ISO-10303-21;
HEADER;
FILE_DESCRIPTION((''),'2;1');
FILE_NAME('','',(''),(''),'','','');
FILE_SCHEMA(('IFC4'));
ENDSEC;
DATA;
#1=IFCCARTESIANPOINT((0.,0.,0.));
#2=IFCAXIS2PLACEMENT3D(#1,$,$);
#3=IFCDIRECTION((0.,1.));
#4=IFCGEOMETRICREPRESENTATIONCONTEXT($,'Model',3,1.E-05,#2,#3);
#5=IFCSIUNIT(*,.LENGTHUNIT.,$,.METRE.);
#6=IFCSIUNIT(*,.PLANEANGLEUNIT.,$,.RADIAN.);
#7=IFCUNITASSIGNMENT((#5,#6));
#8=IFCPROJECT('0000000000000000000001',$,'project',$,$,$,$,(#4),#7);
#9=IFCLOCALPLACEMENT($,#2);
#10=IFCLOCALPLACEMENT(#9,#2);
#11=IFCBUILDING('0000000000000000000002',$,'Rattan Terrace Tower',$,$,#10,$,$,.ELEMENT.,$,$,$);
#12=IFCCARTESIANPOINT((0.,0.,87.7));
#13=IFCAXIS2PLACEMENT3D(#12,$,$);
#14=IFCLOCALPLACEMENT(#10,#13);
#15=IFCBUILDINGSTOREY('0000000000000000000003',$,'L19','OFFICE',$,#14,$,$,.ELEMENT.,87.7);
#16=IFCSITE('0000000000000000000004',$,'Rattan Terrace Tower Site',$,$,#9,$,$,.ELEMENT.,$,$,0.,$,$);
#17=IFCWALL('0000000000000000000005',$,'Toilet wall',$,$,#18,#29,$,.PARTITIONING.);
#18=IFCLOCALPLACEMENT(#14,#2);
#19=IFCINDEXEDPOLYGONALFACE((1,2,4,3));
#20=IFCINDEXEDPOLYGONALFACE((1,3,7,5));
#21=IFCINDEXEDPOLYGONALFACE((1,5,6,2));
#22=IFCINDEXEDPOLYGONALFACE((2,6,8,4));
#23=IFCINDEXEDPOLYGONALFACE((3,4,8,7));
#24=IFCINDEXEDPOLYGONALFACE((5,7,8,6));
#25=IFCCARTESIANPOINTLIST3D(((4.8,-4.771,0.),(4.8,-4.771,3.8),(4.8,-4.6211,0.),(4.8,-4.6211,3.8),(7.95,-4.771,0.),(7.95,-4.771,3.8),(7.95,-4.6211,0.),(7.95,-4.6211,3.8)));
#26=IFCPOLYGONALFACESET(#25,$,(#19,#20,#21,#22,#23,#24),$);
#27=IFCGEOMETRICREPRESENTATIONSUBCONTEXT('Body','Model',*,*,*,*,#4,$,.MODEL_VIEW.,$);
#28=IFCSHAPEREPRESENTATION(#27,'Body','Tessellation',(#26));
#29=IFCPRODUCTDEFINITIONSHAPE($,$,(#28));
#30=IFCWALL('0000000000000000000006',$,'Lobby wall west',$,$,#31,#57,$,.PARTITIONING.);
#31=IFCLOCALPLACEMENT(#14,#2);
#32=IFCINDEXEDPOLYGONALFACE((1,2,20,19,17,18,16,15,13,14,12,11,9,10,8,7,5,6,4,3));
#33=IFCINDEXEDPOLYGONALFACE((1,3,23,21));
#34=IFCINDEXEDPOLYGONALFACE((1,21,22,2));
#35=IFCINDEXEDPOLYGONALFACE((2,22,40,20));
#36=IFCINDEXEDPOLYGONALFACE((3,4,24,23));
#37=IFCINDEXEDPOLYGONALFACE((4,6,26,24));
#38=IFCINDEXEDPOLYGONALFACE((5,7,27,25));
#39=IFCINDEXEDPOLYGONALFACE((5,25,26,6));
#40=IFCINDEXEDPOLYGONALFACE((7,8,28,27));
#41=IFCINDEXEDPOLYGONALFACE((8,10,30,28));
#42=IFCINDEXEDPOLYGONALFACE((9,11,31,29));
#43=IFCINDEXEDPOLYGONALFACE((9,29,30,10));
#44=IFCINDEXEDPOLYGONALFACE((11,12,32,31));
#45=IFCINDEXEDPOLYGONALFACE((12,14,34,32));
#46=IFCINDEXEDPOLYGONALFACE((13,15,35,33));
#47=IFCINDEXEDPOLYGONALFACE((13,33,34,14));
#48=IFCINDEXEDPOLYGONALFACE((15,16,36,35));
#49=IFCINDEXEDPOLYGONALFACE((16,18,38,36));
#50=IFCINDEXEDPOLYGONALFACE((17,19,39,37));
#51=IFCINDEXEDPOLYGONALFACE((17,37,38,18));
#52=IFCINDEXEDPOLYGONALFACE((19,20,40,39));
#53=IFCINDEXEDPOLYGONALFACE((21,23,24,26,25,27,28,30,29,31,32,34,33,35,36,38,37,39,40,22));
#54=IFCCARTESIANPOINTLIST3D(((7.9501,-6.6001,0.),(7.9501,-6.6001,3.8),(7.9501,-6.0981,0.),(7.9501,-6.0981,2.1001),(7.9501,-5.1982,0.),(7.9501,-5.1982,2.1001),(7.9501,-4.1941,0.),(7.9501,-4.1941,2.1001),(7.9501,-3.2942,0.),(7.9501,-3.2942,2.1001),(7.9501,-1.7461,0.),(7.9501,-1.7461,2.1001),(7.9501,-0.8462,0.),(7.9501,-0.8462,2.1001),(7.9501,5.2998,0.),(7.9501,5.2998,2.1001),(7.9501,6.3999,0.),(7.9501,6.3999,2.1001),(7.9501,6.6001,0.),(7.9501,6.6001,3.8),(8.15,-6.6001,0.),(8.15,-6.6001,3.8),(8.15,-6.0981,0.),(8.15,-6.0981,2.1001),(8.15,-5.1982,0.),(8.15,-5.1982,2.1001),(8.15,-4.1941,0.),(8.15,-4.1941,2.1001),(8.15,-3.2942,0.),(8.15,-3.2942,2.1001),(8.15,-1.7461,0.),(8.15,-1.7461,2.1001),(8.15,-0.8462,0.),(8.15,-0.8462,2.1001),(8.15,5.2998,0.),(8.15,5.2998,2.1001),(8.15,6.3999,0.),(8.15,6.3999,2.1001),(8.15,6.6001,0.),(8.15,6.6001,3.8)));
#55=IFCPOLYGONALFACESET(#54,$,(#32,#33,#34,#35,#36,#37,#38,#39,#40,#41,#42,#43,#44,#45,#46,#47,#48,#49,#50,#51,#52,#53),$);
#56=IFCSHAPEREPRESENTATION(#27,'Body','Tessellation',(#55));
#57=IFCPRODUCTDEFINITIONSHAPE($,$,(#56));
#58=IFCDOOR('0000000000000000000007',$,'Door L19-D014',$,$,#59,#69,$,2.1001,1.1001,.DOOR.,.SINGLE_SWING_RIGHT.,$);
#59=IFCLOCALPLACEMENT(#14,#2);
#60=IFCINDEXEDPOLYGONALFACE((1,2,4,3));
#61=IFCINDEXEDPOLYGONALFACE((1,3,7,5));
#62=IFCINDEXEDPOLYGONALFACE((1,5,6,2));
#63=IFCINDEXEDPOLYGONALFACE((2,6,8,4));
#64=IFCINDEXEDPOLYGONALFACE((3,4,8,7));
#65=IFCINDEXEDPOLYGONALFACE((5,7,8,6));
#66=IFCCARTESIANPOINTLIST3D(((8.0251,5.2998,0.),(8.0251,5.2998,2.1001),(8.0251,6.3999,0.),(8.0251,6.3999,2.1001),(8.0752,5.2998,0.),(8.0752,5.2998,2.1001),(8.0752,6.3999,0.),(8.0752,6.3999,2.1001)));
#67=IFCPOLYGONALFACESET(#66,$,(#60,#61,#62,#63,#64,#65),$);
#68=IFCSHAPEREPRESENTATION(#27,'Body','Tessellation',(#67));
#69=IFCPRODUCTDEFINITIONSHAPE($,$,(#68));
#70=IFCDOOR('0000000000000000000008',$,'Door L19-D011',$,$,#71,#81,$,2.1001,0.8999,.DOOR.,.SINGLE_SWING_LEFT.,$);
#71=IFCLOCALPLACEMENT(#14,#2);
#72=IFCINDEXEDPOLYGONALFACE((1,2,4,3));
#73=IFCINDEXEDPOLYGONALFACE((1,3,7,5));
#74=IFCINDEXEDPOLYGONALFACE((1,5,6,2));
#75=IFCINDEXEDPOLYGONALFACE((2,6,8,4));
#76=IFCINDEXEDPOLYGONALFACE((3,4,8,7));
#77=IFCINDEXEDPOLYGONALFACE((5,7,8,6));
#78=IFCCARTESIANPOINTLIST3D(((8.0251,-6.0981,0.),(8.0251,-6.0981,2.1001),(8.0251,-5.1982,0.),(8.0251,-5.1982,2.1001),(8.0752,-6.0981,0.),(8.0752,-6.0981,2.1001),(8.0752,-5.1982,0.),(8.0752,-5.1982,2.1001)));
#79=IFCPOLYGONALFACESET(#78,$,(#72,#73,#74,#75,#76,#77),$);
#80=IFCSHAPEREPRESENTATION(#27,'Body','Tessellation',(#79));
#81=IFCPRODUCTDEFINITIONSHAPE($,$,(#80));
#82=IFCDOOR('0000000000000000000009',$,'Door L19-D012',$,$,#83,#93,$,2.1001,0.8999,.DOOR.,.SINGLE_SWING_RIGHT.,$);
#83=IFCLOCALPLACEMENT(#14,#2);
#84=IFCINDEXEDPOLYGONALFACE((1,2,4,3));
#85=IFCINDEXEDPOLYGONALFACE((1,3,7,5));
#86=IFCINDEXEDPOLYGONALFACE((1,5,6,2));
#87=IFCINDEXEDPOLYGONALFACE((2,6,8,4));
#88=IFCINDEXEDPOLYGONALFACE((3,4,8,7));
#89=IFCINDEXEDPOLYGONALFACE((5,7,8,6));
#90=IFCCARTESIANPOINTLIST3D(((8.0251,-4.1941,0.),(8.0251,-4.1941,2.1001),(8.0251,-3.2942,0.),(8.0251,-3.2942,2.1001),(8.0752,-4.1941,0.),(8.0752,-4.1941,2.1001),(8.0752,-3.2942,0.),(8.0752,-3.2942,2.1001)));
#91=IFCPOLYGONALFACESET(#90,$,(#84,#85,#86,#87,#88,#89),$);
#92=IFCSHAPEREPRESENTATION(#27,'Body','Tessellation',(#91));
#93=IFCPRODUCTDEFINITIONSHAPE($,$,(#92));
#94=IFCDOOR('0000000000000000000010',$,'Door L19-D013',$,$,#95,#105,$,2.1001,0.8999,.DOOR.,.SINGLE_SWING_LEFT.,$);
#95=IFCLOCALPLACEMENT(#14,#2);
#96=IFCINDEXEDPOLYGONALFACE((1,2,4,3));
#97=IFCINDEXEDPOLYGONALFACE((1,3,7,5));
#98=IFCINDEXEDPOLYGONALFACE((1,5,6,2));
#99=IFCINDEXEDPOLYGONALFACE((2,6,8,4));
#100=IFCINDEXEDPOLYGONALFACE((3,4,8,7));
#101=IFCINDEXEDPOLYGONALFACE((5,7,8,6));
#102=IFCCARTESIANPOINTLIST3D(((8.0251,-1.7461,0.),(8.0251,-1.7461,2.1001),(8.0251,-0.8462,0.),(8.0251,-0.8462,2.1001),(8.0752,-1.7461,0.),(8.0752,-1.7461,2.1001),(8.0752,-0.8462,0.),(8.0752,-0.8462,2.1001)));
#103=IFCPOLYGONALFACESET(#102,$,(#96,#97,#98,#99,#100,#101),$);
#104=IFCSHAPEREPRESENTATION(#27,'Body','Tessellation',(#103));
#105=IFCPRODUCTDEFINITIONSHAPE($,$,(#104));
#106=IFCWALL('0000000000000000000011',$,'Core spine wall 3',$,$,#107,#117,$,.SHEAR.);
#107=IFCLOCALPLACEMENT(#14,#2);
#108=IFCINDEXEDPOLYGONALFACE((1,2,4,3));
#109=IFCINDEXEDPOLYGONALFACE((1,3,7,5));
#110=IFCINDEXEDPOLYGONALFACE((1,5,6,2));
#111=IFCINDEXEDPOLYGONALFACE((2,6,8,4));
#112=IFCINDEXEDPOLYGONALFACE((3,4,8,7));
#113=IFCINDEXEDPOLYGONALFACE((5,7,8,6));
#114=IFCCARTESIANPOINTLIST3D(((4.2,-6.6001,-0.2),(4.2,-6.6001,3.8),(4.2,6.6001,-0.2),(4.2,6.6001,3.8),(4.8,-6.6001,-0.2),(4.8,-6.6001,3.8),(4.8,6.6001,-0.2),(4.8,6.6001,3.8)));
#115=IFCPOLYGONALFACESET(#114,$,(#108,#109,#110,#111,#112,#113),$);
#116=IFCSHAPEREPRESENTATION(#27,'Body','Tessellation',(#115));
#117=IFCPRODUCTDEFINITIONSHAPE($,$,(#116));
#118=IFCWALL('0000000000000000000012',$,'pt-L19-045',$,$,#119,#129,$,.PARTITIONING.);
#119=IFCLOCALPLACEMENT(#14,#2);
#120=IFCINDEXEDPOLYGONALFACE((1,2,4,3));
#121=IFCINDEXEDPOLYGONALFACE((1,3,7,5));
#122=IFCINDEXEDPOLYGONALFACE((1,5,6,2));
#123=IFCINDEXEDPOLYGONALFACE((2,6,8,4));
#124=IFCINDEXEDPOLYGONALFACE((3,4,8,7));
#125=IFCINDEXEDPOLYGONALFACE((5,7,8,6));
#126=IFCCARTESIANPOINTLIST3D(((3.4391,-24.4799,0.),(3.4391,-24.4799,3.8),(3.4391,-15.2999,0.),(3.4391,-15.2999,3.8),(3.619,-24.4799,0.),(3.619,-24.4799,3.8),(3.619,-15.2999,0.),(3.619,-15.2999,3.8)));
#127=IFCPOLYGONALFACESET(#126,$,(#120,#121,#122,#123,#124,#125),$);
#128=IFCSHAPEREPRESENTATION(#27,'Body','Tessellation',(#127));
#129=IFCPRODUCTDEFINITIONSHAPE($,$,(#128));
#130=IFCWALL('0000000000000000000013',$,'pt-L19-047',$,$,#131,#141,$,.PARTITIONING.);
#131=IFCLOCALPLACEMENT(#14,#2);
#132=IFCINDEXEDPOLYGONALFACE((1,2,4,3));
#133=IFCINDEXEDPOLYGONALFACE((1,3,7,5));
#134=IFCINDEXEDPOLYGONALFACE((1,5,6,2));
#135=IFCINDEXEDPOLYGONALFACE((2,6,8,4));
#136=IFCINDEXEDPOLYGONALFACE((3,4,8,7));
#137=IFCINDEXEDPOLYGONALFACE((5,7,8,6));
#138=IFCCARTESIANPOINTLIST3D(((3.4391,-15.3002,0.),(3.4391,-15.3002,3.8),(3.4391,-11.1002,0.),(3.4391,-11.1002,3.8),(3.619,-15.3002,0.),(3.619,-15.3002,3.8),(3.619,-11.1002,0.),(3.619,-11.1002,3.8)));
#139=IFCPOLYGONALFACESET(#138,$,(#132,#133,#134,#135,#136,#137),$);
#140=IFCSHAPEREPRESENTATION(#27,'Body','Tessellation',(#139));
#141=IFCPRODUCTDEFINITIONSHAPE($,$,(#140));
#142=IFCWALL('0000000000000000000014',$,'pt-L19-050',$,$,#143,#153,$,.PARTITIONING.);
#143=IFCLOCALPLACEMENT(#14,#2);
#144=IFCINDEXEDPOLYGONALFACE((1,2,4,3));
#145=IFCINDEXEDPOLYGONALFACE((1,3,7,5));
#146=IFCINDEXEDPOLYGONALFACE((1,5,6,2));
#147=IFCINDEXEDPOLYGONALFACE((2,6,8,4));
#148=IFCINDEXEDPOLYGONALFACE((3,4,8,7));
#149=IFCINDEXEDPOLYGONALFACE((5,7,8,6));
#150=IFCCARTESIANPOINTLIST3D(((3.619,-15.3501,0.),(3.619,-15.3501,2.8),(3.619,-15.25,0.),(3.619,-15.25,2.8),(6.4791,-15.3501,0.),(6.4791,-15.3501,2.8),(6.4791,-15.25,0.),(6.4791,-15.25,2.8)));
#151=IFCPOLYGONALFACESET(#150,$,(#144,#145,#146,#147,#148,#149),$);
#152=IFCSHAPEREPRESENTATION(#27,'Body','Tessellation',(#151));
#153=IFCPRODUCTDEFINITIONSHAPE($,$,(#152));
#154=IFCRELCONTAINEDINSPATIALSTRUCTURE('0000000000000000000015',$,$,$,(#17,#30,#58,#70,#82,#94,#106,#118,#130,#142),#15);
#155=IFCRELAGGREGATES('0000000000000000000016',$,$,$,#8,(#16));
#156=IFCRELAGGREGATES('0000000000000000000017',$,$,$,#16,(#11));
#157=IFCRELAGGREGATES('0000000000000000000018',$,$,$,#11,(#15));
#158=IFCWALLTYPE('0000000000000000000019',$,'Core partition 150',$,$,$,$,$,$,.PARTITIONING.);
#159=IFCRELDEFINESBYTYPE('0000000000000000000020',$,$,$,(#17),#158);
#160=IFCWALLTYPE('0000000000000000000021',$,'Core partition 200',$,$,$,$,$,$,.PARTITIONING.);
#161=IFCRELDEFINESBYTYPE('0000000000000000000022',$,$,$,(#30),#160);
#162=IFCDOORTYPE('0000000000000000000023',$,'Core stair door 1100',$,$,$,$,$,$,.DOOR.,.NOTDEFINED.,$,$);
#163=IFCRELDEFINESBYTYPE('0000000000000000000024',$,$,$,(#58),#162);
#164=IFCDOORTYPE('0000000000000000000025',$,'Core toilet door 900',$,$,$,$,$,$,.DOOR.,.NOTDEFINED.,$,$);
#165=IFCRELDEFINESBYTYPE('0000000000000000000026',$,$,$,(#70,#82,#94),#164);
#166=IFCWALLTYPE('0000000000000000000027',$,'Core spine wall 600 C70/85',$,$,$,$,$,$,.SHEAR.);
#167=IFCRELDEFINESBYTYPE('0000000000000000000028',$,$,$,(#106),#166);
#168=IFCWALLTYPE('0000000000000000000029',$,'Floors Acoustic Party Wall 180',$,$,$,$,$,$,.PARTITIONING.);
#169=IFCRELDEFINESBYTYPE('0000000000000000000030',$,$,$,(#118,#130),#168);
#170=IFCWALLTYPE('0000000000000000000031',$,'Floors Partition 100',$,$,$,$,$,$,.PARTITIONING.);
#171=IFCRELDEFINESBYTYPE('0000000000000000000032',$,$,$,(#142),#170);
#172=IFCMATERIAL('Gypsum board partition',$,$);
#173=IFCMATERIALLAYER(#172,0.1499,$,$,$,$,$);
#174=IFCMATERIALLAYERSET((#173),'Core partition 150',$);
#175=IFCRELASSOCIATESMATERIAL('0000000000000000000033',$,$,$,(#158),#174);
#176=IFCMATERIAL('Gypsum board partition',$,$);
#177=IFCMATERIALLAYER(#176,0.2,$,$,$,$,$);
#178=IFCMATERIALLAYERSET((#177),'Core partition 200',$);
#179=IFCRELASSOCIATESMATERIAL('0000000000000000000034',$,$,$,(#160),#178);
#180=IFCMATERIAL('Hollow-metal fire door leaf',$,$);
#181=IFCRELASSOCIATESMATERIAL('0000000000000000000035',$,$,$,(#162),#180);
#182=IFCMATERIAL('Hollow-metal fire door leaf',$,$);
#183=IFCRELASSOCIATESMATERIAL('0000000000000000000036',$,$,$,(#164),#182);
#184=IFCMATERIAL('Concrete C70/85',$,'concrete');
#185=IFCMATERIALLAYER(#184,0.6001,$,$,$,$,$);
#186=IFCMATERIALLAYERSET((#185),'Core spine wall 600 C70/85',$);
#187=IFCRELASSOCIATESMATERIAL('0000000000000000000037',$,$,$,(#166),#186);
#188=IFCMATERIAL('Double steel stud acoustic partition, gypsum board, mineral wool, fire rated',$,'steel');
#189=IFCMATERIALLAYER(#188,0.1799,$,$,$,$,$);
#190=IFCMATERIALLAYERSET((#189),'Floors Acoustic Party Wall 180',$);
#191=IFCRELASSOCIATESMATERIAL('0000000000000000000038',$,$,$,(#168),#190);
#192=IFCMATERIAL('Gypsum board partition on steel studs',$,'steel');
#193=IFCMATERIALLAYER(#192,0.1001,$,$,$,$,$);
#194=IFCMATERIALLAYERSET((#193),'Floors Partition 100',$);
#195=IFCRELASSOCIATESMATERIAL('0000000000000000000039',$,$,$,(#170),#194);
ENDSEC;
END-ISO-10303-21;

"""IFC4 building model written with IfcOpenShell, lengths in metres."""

from ifc_helpers import new_model, si_unit, direction, frame, frame_2d, origin, place, context, subcontext, project, spatial, rectangle, extrude, material, layer, layer_set, type_object, element, fill, save


model = new_model("IFC4")

# Units and contexts
model_context = context("Model", 3, precision=1e-05, world=origin(), true_north=direction((0.0, 1.0)))
body_context = subcontext(model_context, "Body", "Model", "MODEL_VIEW")
ifc_project = project(units=[si_unit("LENGTHUNIT", "METRE"), si_unit("PLANEANGLEUNIT", "RADIAN")], contexts=[model_context])

# Site, building, storey
site_placement = place(None, origin())
site = spatial("IfcSite", under=ifc_project, at=site_placement, Name="Rattan Terrace Tower Site", CompositionType="ELEMENT", RefElevation=0.0)
building_placement = place(site_placement, origin())
building = spatial("IfcBuilding", under=site, at=building_placement, Name="Rattan Terrace Tower", CompositionType="ELEMENT")
storey_placement = place(building_placement, frame((0.0, 0.0, 87.7)))
storey = spatial("IfcBuildingStorey", under=building, at=storey_placement, Name="L19", Description="OFFICE", CompositionType="ELEMENT", Elevation=87.7)

# Wall
ifc_material_1 = material(Name="Gypsum board partition")
ifc_layer_1 = layer(ifc_material_1, 0.1499)
ifc_layer_set_1 = layer_set([ifc_layer_1], Name="Core partition 150")
wall_type_1 = type_object("IfcWallType", Name="Core partition 150", PredefinedType="PARTITIONING", material=ifc_layer_set_1)
wall_1_placement = place(storey_placement, frame((4.8, -4.696, 0.0), z_axis=(0.0, 0.0, 1.0), x_axis=(1.0, 0.0, 0.0)))
element("IfcWall", 1, at=wall_1_placement, inside=storey, type_object=wall_type_1, Name="Toilet wall", PredefinedType="PARTITIONING", context=body_context, shape_type="SweptSolid", body=[
    extrude(rectangle(XDim=3.1499, YDim=0.1499, at=frame_2d((1.575, 0.0))), origin(), (0.0, 0.0, 1.0), 3.8),
])

# Wall, openings, doors
ifc_material_2 = material(Name="Gypsum board partition")
ifc_layer_2 = layer(ifc_material_2, 0.2)
ifc_layer_set_2 = layer_set([ifc_layer_2], Name="Core partition 200")
wall_type_2 = type_object("IfcWallType", Name="Core partition 200", PredefinedType="PARTITIONING", material=ifc_layer_set_2)
wall_2_placement = place(storey_placement, frame((8.05, -6.6001, 0.0), z_axis=(0.0, 0.0, 1.0), x_axis=(0.0, 1.0, 0.0)))
wall_2 = element("IfcWall", 2, at=wall_2_placement, inside=storey, type_object=wall_type_2, Name="Lobby wall west", PredefinedType="PARTITIONING", context=body_context, shape_type="SweptSolid", body=[
    extrude(rectangle(XDim=13.2002, YDim=0.2, at=frame_2d((6.6001, 0.0))), origin(), (0.0, 0.0, 1.0), 3.8),
])
opening_1_placement = place(wall_2_placement, frame((0.502, 0.0, 0.0)))
opening_1 = element("IfcOpeningElement", 3, at=opening_1_placement, cuts=wall_2, PredefinedType="OPENING", context=body_context, shape_type="SweptSolid", body=[
    extrude(rectangle(XDim=0.8999, YDim=2.1001, at=frame_2d((0.45, 1.05))), frame((0.0, 0.1106, 0.0), z_axis=(0.0, -1.0, 0.0), x_axis=(1.0, 0.0, 0.0)), (0.0, 0.0, 1.0), 0.2209),
])
opening_2_placement = place(wall_2_placement, frame((2.406, 0.0, 0.0)))
opening_2 = element("IfcOpeningElement", 4, at=opening_2_placement, cuts=wall_2, PredefinedType="OPENING", context=body_context, shape_type="SweptSolid", body=[
    extrude(rectangle(XDim=0.8999, YDim=2.1001, at=frame_2d((0.45, 1.05))), frame((0.0, 0.1106, 0.0), z_axis=(0.0, -1.0, 0.0), x_axis=(1.0, 0.0, 0.0)), (0.0, 0.0, 1.0), 0.2209),
])
opening_3_placement = place(wall_2_placement, frame((4.854, 0.0, 0.0)))
opening_3 = element("IfcOpeningElement", 5, at=opening_3_placement, cuts=wall_2, PredefinedType="OPENING", context=body_context, shape_type="SweptSolid", body=[
    extrude(rectangle(XDim=0.8999, YDim=2.1001, at=frame_2d((0.45, 1.05))), frame((0.0, 0.1106, 0.0), z_axis=(0.0, -1.0, 0.0), x_axis=(1.0, 0.0, 0.0)), (0.0, 0.0, 1.0), 0.2209),
])
opening_4_placement = place(wall_2_placement, frame((11.8999, 0.0, 0.0)))
opening_4 = element("IfcOpeningElement", 6, at=opening_4_placement, cuts=wall_2, PredefinedType="OPENING", context=body_context, shape_type="SweptSolid", body=[
    extrude(rectangle(XDim=1.1001, YDim=2.1001, at=frame_2d((0.55, 1.05))), frame((0.0, 0.1106, 0.0), z_axis=(0.0, -1.0, 0.0), x_axis=(1.0, 0.0, 0.0)), (0.0, 0.0, 1.0), 0.2209),
])
ifc_material_3 = material(Name="Hollow-metal fire door leaf")
door_type_1 = type_object("IfcDoorType", Name="Core stair door 1100", OperationType="NOTDEFINED", PredefinedType="DOOR", material=ifc_material_3)
door_1_placement = place(opening_4_placement, origin())
door_1 = element("IfcDoor", 7, at=door_1_placement, inside=storey, type_object=door_type_1, Name="Door L19-D014", OperationType="SINGLE_SWING_RIGHT", OverallHeight=2.1001, OverallWidth=1.1001, PredefinedType="DOOR", context=body_context, shape_type="SweptSolid", body=[
    extrude(rectangle(XDim=1.1001, YDim=2.1001, at=frame_2d((0.55, 1.05))), frame((0.0, 0.0249, 0.0), z_axis=(0.0, -1.0, 0.0), x_axis=(1.0, 0.0, 0.0)), (0.0, 0.0, 1.0), 0.05),
])
fill(opening_4, door_1)
ifc_material_4 = material(Name="Hollow-metal fire door leaf")
door_type_2 = type_object("IfcDoorType", Name="Core toilet door 900", OperationType="NOTDEFINED", PredefinedType="DOOR", material=ifc_material_4)
door_2_placement = place(opening_1_placement, origin())
door_2 = element("IfcDoor", 8, at=door_2_placement, inside=storey, type_object=door_type_2, Name="Door L19-D011", OperationType="SINGLE_SWING_LEFT", OverallHeight=2.1001, OverallWidth=0.8999, PredefinedType="DOOR", context=body_context, shape_type="SweptSolid", body=[
    extrude(rectangle(XDim=0.8999, YDim=2.1001, at=frame_2d((0.45, 1.05))), frame((0.0, 0.0249, 0.0), z_axis=(0.0, -1.0, 0.0), x_axis=(1.0, 0.0, 0.0)), (0.0, 0.0, 1.0), 0.05),
])
fill(opening_1, door_2)
door_3_placement = place(opening_2_placement, origin())
door_3 = element("IfcDoor", 9, at=door_3_placement, inside=storey, type_object=door_type_2, Name="Door L19-D012", OperationType="SINGLE_SWING_RIGHT", OverallHeight=2.1001, OverallWidth=0.8999, PredefinedType="DOOR", context=body_context, shape_type="SweptSolid", body=[
    extrude(rectangle(XDim=0.8999, YDim=2.1001, at=frame_2d((0.45, 1.05))), frame((0.0, 0.0249, 0.0), z_axis=(0.0, -1.0, 0.0), x_axis=(1.0, 0.0, 0.0)), (0.0, 0.0, 1.0), 0.05),
])
fill(opening_2, door_3)
door_4_placement = place(opening_3_placement, origin())
door_4 = element("IfcDoor", 10, at=door_4_placement, inside=storey, type_object=door_type_2, Name="Door L19-D013", OperationType="SINGLE_SWING_LEFT", OverallHeight=2.1001, OverallWidth=0.8999, PredefinedType="DOOR", context=body_context, shape_type="SweptSolid", body=[
    extrude(rectangle(XDim=0.8999, YDim=2.1001, at=frame_2d((0.45, 1.05))), frame((0.0, 0.0249, 0.0), z_axis=(0.0, -1.0, 0.0), x_axis=(1.0, 0.0, 0.0)), (0.0, 0.0, 1.0), 0.05),
])
fill(opening_3, door_4)

# Walls
ifc_material_5 = material(Name="Concrete C70/85", Category="concrete")
ifc_layer_3 = layer(ifc_material_5, 0.6001)
ifc_layer_set_3 = layer_set([ifc_layer_3], Name="Core spine wall 600 C70/85")
wall_type_3 = type_object("IfcWallType", Name="Core spine wall 600 C70/85", PredefinedType="SHEAR", material=ifc_layer_set_3)
wall_3_placement = place(storey_placement, frame((4.5, -6.6001, -0.2), z_axis=(0.0, 0.0, 1.0), x_axis=(0.0, 1.0, 0.0)))
element("IfcWall", 11, at=wall_3_placement, inside=storey, type_object=wall_type_3, Name="Core spine wall 3", PredefinedType="SHEAR", context=body_context, shape_type="SweptSolid", body=[
    extrude(rectangle(XDim=13.2002, YDim=0.6001, at=frame_2d((6.6001, 0.0))), origin(), (0.0, 0.0, 1.0), 4.0),
])
ifc_material_6 = material(Name="Double steel stud acoustic partition, gypsum board, mineral wool, fire rated", Category="steel")
ifc_layer_4 = layer(ifc_material_6, 0.1799)
ifc_layer_set_4 = layer_set([ifc_layer_4], Name="Floors Acoustic Party Wall 180")
wall_type_4 = type_object("IfcWallType", Name="Floors Acoustic Party Wall 180", PredefinedType="PARTITIONING", material=ifc_layer_set_4)
wall_4_placement = place(storey_placement, frame((3.5291, -15.3, 0.0), z_axis=(0.0, 0.0, 1.0), x_axis=(0.0, -1.0, 0.0)))
element("IfcWall", 12, at=wall_4_placement, inside=storey, type_object=wall_type_4, Name="pt-L19-045", PredefinedType="PARTITIONING", context=body_context, shape_type="SweptSolid", body=[
    extrude(rectangle(XDim=9.1799, YDim=0.1799, at=frame_2d((4.5898, 0.0))), origin(), (0.0, 0.0, 1.0), 3.8),
])
wall_5_placement = place(storey_placement, frame((3.5291, -11.1001, 0.0), z_axis=(0.0, 0.0, 1.0), x_axis=(0.0, -1.0, 0.0)))
element("IfcWall", 13, at=wall_5_placement, inside=storey, type_object=wall_type_4, Name="pt-L19-047", PredefinedType="PARTITIONING", context=body_context, shape_type="SweptSolid", body=[
    extrude(rectangle(XDim=4.2, YDim=0.1799, at=frame_2d((2.1001, 0.0))), origin(), (0.0, 0.0, 1.0), 3.8),
])
ifc_material_7 = material(Name="Gypsum board partition on steel studs", Category="steel")
ifc_layer_5 = layer(ifc_material_7, 0.1001)
ifc_layer_set_5 = layer_set([ifc_layer_5], Name="Floors Partition 100")
wall_type_5 = type_object("IfcWallType", Name="Floors Partition 100", PredefinedType="PARTITIONING", material=ifc_layer_set_5)
wall_6_placement = place(storey_placement, frame((3.6189, -15.3, 0.0), z_axis=(0.0, 0.0, 1.0), x_axis=(1.0, 0.0, 0.0)))
element("IfcWall", 14, at=wall_6_placement, inside=storey, type_object=wall_type_5, Name="pt-L19-050", PredefinedType="PARTITIONING", context=body_context, shape_type="SweptSolid", body=[
    extrude(rectangle(XDim=2.8601, YDim=0.1001, at=frame_2d((1.4302, 0.0))), origin(), (0.0, 0.0, 1.0), 2.8),
])

save(model, "model.ifc")
